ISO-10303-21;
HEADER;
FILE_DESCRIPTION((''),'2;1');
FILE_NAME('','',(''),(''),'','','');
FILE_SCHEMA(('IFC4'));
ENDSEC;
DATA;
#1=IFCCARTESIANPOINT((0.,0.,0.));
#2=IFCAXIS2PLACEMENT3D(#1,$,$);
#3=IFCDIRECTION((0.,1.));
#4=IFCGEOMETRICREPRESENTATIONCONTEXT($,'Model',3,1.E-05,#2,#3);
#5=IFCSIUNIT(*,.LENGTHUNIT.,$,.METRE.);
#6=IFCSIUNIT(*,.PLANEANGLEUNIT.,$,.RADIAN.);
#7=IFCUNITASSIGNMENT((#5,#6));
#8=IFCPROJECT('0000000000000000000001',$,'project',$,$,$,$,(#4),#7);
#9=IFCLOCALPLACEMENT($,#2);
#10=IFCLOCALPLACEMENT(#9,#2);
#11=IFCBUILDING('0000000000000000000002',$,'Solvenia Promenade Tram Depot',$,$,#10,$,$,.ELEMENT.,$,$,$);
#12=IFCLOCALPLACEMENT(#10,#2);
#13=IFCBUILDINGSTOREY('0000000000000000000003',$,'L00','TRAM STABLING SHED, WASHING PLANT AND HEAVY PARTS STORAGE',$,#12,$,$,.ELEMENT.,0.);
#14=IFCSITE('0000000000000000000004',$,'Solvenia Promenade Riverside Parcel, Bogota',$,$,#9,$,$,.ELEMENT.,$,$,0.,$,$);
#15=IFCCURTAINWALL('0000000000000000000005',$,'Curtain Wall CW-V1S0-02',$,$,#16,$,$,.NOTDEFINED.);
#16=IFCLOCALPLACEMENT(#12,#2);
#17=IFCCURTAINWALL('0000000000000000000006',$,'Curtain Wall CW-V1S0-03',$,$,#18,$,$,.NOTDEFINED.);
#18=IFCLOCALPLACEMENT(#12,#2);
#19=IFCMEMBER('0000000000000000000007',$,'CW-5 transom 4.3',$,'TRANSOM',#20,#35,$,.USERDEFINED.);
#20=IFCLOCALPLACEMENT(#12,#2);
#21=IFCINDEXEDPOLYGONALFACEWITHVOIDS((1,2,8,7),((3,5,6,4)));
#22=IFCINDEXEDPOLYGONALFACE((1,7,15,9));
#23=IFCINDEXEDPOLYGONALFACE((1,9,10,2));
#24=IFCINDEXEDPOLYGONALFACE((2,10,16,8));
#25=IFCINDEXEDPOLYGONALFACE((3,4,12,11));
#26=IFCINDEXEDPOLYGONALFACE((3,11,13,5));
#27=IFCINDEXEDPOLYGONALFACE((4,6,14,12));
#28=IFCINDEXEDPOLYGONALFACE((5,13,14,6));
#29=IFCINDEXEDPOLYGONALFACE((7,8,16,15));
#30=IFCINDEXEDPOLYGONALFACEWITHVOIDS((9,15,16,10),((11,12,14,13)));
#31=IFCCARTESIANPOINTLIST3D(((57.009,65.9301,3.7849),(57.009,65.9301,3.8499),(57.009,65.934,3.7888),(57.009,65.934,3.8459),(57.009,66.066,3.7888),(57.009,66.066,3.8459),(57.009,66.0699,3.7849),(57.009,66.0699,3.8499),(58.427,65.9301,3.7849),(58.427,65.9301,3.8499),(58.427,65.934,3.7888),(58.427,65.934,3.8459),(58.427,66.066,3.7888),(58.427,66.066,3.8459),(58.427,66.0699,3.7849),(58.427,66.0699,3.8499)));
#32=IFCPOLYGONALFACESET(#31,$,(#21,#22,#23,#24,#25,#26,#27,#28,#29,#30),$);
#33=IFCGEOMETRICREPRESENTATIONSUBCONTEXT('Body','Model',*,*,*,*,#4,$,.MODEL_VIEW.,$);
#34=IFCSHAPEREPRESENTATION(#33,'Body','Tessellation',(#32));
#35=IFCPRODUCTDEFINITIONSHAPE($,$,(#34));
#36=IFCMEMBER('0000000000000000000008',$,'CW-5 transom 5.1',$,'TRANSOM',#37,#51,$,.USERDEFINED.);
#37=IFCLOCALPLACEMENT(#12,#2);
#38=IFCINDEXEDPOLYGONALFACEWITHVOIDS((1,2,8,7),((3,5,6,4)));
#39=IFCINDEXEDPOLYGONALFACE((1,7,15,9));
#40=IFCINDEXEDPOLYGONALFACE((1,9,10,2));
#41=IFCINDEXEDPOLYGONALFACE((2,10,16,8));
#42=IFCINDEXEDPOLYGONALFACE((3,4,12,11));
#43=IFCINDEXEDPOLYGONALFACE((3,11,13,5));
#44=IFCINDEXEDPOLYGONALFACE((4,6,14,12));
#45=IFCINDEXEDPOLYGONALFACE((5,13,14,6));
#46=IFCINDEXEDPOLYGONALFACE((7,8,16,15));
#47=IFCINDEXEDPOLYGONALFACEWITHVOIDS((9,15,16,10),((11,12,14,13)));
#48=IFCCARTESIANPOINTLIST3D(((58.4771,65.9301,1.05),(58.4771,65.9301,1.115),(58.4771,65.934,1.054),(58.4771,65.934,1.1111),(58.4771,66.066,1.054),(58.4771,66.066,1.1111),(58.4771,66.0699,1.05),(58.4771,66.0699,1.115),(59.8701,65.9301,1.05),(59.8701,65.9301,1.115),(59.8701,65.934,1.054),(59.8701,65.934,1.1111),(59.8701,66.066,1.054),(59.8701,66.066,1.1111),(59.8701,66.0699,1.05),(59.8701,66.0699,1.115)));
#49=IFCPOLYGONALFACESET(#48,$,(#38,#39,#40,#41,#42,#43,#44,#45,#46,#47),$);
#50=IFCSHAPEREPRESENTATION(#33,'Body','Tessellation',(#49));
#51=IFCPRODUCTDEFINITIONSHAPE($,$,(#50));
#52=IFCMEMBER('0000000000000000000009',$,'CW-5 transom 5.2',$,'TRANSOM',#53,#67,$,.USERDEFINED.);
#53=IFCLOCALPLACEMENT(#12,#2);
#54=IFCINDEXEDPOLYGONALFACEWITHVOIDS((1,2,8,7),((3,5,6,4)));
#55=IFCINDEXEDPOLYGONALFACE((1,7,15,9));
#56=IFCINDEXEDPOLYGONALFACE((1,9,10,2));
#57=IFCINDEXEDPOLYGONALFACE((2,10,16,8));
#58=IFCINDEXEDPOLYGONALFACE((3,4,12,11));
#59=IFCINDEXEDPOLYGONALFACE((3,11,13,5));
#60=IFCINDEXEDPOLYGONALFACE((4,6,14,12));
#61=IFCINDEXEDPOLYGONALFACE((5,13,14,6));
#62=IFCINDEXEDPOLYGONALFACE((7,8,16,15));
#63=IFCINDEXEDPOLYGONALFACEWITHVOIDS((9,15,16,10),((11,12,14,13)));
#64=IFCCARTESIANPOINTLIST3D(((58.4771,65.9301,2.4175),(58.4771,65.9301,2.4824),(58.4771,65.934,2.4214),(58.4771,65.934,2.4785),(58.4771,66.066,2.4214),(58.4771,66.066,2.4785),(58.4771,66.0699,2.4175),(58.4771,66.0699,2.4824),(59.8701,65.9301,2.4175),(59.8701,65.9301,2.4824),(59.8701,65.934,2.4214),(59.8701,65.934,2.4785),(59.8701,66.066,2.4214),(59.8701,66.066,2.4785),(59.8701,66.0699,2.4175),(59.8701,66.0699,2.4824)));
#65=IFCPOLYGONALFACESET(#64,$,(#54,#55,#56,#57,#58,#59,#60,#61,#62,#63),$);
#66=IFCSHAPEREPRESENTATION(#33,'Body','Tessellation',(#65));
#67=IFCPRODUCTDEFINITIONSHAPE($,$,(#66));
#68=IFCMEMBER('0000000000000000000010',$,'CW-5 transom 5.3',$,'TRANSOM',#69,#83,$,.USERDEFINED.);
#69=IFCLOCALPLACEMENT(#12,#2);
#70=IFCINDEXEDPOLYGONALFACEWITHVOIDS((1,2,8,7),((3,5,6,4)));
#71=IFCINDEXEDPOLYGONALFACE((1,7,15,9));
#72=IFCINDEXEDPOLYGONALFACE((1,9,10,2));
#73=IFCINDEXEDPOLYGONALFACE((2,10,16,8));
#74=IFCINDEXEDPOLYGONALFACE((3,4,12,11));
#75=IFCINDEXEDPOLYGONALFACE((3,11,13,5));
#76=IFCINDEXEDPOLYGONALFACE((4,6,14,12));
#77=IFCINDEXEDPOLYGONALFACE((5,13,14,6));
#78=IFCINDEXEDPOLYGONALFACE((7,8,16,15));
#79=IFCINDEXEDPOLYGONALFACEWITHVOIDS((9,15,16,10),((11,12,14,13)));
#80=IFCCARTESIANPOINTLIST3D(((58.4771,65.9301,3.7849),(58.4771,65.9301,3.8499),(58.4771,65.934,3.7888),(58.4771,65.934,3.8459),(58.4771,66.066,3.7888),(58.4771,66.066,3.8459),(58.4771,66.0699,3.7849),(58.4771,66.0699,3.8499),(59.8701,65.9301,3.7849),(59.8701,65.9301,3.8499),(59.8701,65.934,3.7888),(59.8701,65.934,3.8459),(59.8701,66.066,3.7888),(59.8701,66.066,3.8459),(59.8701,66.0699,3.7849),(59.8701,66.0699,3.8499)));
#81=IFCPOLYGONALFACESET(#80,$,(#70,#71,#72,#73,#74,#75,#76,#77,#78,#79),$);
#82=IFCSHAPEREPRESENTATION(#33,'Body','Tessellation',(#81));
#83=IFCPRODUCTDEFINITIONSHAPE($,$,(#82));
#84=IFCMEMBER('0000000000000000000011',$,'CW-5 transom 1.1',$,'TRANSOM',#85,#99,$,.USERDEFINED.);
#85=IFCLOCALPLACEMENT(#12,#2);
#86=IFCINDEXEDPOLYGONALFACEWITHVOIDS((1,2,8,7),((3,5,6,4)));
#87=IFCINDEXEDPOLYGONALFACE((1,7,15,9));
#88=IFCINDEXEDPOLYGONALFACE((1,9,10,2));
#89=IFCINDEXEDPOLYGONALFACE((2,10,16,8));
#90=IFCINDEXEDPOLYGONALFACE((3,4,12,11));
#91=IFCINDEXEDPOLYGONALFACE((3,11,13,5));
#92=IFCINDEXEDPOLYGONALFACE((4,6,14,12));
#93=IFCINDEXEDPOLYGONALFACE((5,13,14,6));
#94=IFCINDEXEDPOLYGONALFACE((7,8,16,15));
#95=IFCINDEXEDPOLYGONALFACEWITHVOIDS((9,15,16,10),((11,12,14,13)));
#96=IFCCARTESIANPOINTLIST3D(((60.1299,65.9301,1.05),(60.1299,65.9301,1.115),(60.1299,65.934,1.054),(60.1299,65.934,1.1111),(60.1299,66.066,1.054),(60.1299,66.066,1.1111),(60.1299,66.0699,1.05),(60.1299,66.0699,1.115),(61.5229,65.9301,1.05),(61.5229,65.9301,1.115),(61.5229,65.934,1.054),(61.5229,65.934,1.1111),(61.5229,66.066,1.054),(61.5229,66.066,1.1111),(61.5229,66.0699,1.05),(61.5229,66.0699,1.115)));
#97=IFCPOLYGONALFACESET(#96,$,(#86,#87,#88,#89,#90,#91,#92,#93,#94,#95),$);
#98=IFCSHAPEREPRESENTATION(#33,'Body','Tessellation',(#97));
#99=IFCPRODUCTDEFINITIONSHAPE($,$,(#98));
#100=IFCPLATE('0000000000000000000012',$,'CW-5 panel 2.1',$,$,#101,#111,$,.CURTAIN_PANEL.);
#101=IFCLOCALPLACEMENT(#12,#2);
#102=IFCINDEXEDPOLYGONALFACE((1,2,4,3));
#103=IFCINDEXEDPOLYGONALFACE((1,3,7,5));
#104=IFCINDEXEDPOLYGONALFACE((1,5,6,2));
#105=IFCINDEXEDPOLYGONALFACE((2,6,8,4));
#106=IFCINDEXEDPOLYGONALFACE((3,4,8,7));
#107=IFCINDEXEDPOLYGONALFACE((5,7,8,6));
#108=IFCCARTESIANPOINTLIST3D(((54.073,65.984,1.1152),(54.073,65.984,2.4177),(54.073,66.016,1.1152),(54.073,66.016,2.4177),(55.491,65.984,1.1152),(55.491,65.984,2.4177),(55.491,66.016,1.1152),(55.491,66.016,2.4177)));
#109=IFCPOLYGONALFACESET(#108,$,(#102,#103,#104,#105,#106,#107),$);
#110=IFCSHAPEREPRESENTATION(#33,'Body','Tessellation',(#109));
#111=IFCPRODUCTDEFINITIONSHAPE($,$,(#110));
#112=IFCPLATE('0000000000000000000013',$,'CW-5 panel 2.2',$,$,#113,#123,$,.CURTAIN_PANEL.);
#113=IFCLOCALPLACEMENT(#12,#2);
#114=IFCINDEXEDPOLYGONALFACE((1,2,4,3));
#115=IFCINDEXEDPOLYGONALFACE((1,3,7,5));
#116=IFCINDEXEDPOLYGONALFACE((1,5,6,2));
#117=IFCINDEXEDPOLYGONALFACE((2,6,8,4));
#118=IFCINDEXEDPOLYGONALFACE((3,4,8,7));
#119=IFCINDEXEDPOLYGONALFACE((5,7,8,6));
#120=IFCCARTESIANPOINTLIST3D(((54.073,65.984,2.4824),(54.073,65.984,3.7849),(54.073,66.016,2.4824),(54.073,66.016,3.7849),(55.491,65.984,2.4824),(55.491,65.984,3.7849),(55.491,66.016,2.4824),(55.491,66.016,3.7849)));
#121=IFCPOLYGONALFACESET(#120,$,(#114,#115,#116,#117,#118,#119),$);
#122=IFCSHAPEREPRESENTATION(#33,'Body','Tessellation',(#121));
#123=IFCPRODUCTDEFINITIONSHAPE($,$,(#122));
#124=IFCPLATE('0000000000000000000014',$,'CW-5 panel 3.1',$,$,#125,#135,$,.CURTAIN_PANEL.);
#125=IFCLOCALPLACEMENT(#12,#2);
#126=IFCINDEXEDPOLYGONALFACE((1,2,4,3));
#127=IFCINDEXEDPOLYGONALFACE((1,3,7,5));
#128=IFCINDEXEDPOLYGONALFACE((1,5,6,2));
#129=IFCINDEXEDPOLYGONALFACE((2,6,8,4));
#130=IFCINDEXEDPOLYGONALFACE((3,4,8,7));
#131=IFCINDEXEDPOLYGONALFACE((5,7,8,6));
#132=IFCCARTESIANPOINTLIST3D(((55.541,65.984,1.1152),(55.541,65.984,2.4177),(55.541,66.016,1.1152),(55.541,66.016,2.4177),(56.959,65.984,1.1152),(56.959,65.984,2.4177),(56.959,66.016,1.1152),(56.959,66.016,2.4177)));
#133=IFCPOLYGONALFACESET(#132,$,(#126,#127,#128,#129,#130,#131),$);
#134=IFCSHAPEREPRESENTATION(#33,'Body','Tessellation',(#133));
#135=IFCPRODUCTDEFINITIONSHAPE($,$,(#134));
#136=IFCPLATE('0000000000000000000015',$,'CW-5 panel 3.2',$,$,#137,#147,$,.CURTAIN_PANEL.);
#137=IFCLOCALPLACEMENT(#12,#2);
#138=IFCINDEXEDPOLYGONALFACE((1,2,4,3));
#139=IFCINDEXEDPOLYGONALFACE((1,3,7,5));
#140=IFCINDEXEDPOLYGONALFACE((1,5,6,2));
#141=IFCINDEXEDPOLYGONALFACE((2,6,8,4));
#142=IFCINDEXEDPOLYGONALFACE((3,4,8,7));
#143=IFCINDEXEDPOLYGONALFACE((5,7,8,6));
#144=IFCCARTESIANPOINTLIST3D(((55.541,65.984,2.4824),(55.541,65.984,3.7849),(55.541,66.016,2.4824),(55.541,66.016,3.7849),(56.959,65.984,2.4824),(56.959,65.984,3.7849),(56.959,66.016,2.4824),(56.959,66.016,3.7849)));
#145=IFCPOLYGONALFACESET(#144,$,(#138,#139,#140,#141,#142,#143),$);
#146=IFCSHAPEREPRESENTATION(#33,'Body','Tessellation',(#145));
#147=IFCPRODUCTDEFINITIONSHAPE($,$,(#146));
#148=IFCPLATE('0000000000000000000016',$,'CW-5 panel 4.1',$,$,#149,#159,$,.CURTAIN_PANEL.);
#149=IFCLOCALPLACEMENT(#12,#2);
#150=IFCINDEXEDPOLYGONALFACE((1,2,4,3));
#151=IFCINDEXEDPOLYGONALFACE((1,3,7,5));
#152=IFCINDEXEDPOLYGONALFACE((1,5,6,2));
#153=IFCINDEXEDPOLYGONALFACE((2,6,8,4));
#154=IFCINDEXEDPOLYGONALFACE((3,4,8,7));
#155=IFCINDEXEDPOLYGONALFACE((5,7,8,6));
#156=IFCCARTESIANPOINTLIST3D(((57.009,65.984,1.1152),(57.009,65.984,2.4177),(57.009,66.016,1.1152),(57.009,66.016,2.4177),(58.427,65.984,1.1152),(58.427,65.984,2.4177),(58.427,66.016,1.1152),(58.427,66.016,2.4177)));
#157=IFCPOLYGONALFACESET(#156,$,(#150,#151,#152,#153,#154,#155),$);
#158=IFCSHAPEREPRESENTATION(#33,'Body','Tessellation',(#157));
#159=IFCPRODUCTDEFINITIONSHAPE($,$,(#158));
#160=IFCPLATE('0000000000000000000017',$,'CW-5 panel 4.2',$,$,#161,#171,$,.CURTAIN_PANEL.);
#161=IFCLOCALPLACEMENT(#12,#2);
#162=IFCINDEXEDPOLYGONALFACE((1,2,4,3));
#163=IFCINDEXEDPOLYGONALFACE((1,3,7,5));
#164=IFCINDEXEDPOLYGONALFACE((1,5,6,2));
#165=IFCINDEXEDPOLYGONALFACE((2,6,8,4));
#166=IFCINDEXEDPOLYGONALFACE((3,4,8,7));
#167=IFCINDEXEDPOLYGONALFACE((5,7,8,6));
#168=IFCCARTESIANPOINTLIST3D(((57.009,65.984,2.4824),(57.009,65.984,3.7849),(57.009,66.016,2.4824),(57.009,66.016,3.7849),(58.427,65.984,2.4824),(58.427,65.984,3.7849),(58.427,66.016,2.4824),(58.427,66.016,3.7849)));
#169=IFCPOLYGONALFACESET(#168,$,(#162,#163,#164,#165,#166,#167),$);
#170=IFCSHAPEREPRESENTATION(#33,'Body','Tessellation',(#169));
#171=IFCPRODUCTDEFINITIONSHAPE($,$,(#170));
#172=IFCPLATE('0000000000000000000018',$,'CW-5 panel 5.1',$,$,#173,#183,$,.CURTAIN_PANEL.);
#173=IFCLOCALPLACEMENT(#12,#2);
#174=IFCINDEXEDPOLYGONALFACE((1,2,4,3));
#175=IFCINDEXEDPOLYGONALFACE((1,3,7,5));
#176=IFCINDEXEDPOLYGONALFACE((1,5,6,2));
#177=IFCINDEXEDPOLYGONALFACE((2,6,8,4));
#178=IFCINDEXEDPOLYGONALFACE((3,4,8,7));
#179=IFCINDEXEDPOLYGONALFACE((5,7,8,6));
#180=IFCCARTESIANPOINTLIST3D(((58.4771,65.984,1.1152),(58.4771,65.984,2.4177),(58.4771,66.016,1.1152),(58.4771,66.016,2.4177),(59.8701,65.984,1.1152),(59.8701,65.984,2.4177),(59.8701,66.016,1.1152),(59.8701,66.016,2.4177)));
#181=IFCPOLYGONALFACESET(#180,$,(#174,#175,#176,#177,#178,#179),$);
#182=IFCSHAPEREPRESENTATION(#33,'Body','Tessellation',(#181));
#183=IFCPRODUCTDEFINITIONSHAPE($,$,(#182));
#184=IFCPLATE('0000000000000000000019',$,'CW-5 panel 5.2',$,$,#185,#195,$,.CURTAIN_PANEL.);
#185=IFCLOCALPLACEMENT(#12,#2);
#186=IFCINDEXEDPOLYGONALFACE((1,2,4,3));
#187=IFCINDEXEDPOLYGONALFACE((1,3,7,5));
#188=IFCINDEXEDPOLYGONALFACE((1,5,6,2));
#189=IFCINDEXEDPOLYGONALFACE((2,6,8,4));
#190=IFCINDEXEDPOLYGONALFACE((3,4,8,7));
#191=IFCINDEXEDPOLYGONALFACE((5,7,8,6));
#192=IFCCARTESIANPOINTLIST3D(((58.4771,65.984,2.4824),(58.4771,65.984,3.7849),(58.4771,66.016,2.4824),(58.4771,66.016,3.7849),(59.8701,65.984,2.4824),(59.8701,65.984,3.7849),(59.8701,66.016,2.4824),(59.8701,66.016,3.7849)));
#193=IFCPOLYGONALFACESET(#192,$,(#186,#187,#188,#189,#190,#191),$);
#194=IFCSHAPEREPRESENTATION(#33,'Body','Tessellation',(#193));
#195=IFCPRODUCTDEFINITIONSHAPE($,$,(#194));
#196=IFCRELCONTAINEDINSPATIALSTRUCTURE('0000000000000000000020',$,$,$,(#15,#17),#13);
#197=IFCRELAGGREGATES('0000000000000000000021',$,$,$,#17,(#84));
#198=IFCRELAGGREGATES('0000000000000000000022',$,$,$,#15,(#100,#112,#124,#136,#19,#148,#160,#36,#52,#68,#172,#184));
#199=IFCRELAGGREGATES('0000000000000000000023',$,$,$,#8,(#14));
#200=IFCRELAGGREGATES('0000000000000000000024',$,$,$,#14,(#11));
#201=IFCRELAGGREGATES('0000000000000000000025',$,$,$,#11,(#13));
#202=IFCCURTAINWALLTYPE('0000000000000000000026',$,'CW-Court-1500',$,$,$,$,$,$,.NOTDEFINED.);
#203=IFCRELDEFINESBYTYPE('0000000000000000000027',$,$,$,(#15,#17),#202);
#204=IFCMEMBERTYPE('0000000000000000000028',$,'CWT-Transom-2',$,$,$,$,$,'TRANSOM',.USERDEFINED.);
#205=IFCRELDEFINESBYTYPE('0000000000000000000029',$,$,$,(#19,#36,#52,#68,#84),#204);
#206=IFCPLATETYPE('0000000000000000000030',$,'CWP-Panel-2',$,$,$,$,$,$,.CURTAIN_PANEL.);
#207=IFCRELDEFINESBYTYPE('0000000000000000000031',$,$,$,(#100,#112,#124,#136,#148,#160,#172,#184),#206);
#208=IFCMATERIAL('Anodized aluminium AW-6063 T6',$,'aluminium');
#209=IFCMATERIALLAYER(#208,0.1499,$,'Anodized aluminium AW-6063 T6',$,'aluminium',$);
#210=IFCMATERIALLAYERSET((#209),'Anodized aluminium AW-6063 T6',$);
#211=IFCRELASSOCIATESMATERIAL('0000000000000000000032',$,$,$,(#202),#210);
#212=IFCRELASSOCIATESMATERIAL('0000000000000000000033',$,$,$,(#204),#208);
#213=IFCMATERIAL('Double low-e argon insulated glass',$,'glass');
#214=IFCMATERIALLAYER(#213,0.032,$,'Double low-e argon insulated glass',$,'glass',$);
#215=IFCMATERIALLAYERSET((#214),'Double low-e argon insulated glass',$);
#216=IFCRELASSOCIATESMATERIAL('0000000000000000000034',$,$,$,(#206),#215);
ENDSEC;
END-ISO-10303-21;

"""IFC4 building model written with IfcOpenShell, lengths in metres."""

from ifc_helpers import new_model, si_unit, direction, frame, origin, origin_2d, place, context, subcontext, project, spatial, rectangle, hollow_rectangle, extrude, material, layer, layer_set, material_profile, profile_set, type_object, element, aggregate, save


model = new_model("IFC4")

# Units and contexts
model_context = context("Model", 3, precision=1e-05, world=origin(), true_north=direction((0.0, 1.0)))
body_context = subcontext(model_context, "Body", "Model", "MODEL_VIEW")
ifc_project = project(units=[si_unit("LENGTHUNIT", "METRE"), si_unit("PLANEANGLEUNIT", "RADIAN")], contexts=[model_context])

# Site, building, storey
site_placement = place(None, origin())
site = spatial("IfcSite", under=ifc_project, at=site_placement, Name="Solvenia Promenade Riverside Parcel, Bogota", CompositionType="ELEMENT", RefElevation=0.0)
building_placement = place(site_placement, origin())
building = spatial("IfcBuilding", under=site, at=building_placement, Name="Solvenia Promenade Tram Depot", CompositionType="ELEMENT")
storey_placement = place(building_placement, origin())
storey = spatial("IfcBuildingStorey", under=building, at=storey_placement, Name="L00", Description="TRAM STABLING SHED, WASHING PLANT AND HEAVY PARTS STORAGE", CompositionType="ELEMENT", Elevation=0.0)

# Curtain wall
ifc_material_1 = material(Name="Anodized aluminium AW-6063 T6", Category="aluminium")
ifc_layer_1 = layer(ifc_material_1, 0.1499, Name="Anodized aluminium AW-6063 T6", Category="aluminium")
ifc_layer_set_1 = layer_set([ifc_layer_1], Name="Anodized aluminium AW-6063 T6")
curtain_wall_type = type_object("IfcCurtainWallType", Name="CW-Court-1500", PredefinedType="NOTDEFINED", material=ifc_layer_set_1)
curtain_wall_1_placement = place(storey_placement, origin())
curtain_wall_1 = element("IfcCurtainWall", 1, at=curtain_wall_1_placement, inside=storey, type_object=curtain_wall_type, Name="Curtain Wall CW-V1S0-02", PredefinedType="NOTDEFINED")

# Curtain wall
curtain_wall_2_placement = place(storey_placement, origin())
curtain_wall_2 = element("IfcCurtainWall", 2, at=curtain_wall_2_placement, inside=storey, type_object=curtain_wall_type, Name="Curtain Wall CW-V1S0-03", PredefinedType="NOTDEFINED")

# Members
ifc_material_profile_1 = material_profile(ifc_material_1, hollow_rectangle(XDim=0.1399, YDim=0.0649, WallThickness=0.0039, at=origin_2d()), Name="ALU-T2", Category="aluminium")
ifc_profile_set_1 = profile_set([ifc_material_profile_1], Name="Anodized aluminium AW-6063 T6")
member_type_1 = type_object("IfcMemberType", Name="CWT-Transom-2", ElementType="TRANSOM", PredefinedType="USERDEFINED", material=ifc_profile_set_1)
member_1_placement = place(storey_placement, frame((57.009, 66.0, 3.8174), z_axis=(1.0, 0.0, 0.0), x_axis=(0.0, 1.0, 0.0)))
member_1 = element("IfcMember", 3, at=member_1_placement, type_object=member_type_1, Name="CW-5 transom 4.3", ObjectType="TRANSOM", PredefinedType="USERDEFINED", context=body_context, shape_type="SweptSolid", body=[
    extrude(hollow_rectangle(XDim=0.1399, YDim=0.0649, WallThickness=0.0039, at=origin_2d()), origin(), (0.0, 0.0, 1.0), 1.418),
])
member_2_placement = place(storey_placement, frame((58.4771, 66.0, 1.0825), z_axis=(1.0, 0.0, 0.0), x_axis=(0.0, 1.0, 0.0)))
member_2 = element("IfcMember", 4, at=member_2_placement, type_object=member_type_1, Name="CW-5 transom 5.1", ObjectType="TRANSOM", PredefinedType="USERDEFINED", context=body_context, shape_type="SweptSolid", body=[
    extrude(hollow_rectangle(XDim=0.1399, YDim=0.0649, WallThickness=0.0039, at=origin_2d()), origin(), (0.0, 0.0, 1.0), 1.3931),
])
member_3_placement = place(storey_placement, frame((58.4771, 66.0, 2.45), z_axis=(1.0, 0.0, 0.0), x_axis=(0.0, 1.0, 0.0)))
member_3 = element("IfcMember", 5, at=member_3_placement, type_object=member_type_1, Name="CW-5 transom 5.2", ObjectType="TRANSOM", PredefinedType="USERDEFINED", context=body_context, shape_type="SweptSolid", body=[
    extrude(hollow_rectangle(XDim=0.1399, YDim=0.0649, WallThickness=0.0039, at=origin_2d()), origin(), (0.0, 0.0, 1.0), 1.3931),
])
member_4_placement = place(storey_placement, frame((58.4771, 66.0, 3.8174), z_axis=(1.0, 0.0, 0.0), x_axis=(0.0, 1.0, 0.0)))
member_4 = element("IfcMember", 6, at=member_4_placement, type_object=member_type_1, Name="CW-5 transom 5.3", ObjectType="TRANSOM", PredefinedType="USERDEFINED", context=body_context, shape_type="SweptSolid", body=[
    extrude(hollow_rectangle(XDim=0.1399, YDim=0.0649, WallThickness=0.0039, at=origin_2d()), origin(), (0.0, 0.0, 1.0), 1.3931),
])
member_5_placement = place(storey_placement, frame((60.1299, 66.0, 1.0825), z_axis=(1.0, 0.0, 0.0), x_axis=(0.0, 1.0, 0.0)))
member_5 = element("IfcMember", 7, at=member_5_placement, type_object=member_type_1, Name="CW-5 transom 1.1", ObjectType="TRANSOM", PredefinedType="USERDEFINED", context=body_context, shape_type="SweptSolid", body=[
    extrude(hollow_rectangle(XDim=0.1399, YDim=0.0649, WallThickness=0.0039, at=origin_2d()), origin(), (0.0, 0.0, 1.0), 1.3931),
])
aggregate(curtain_wall_2, [member_5])

# Plates
ifc_material_2 = material(Name="Double low-e argon insulated glass", Category="glass")
ifc_layer_2 = layer(ifc_material_2, 0.032, Name="Double low-e argon insulated glass", Category="glass")
ifc_layer_set_2 = layer_set([ifc_layer_2], Name="Double low-e argon insulated glass")
plate_type = type_object("IfcPlateType", Name="CWP-Panel-2", PredefinedType="CURTAIN_PANEL", material=ifc_layer_set_2)
plate_1_placement = place(storey_placement, frame((54.782, 66.0, 1.1152), z_axis=(0.0, 0.0, 1.0), x_axis=(1.0, 0.0, 0.0)))
plate_1 = element("IfcPlate", 8, at=plate_1_placement, type_object=plate_type, Name="CW-5 panel 2.1", PredefinedType="CURTAIN_PANEL", context=body_context, shape_type="SweptSolid", body=[
    extrude(rectangle(XDim=1.418, YDim=0.032, at=origin_2d()), origin(), (0.0, 0.0, 1.0), 1.3025),
])
plate_2_placement = place(storey_placement, frame((54.782, 66.0, 2.4824), z_axis=(0.0, 0.0, 1.0), x_axis=(1.0, 0.0, 0.0)))
plate_2 = element("IfcPlate", 9, at=plate_2_placement, type_object=plate_type, Name="CW-5 panel 2.2", PredefinedType="CURTAIN_PANEL", context=body_context, shape_type="SweptSolid", body=[
    extrude(rectangle(XDim=1.418, YDim=0.032, at=origin_2d()), origin(), (0.0, 0.0, 1.0), 1.3025),
])
plate_3_placement = place(storey_placement, frame((56.25, 66.0, 1.1152), z_axis=(0.0, 0.0, 1.0), x_axis=(1.0, 0.0, 0.0)))
plate_3 = element("IfcPlate", 10, at=plate_3_placement, type_object=plate_type, Name="CW-5 panel 3.1", PredefinedType="CURTAIN_PANEL", context=body_context, shape_type="SweptSolid", body=[
    extrude(rectangle(XDim=1.418, YDim=0.032, at=origin_2d()), origin(), (0.0, 0.0, 1.0), 1.3025),
])
plate_4_placement = place(storey_placement, frame((56.25, 66.0, 2.4824), z_axis=(0.0, 0.0, 1.0), x_axis=(1.0, 0.0, 0.0)))
plate_4 = element("IfcPlate", 11, at=plate_4_placement, type_object=plate_type, Name="CW-5 panel 3.2", PredefinedType="CURTAIN_PANEL", context=body_context, shape_type="SweptSolid", body=[
    extrude(rectangle(XDim=1.418, YDim=0.032, at=origin_2d()), origin(), (0.0, 0.0, 1.0), 1.3025),
])
plate_5_placement = place(storey_placement, frame((57.718, 66.0, 1.1152), z_axis=(0.0, 0.0, 1.0), x_axis=(1.0, 0.0, 0.0)))
plate_5 = element("IfcPlate", 12, at=plate_5_placement, type_object=plate_type, Name="CW-5 panel 4.1", PredefinedType="CURTAIN_PANEL", context=body_context, shape_type="SweptSolid", body=[
    extrude(rectangle(XDim=1.418, YDim=0.032, at=origin_2d()), origin(), (0.0, 0.0, 1.0), 1.3025),
])
plate_6_placement = place(storey_placement, frame((57.718, 66.0, 2.4824), z_axis=(0.0, 0.0, 1.0), x_axis=(1.0, 0.0, 0.0)))
plate_6 = element("IfcPlate", 13, at=plate_6_placement, type_object=plate_type, Name="CW-5 panel 4.2", PredefinedType="CURTAIN_PANEL", context=body_context, shape_type="SweptSolid", body=[
    extrude(rectangle(XDim=1.418, YDim=0.032, at=origin_2d()), origin(), (0.0, 0.0, 1.0), 1.3025),
])
plate_7_placement = place(storey_placement, frame((59.1736, 66.0, 1.1152), z_axis=(0.0, 0.0, 1.0), x_axis=(1.0, 0.0, 0.0)))
plate_7 = element("IfcPlate", 14, at=plate_7_placement, type_object=plate_type, Name="CW-5 panel 5.1", PredefinedType="CURTAIN_PANEL", context=body_context, shape_type="SweptSolid", body=[
    extrude(rectangle(XDim=1.3931, YDim=0.032, at=origin_2d()), origin(), (0.0, 0.0, 1.0), 1.3025),
])
plate_8_placement = place(storey_placement, frame((59.1736, 66.0, 2.4824), z_axis=(0.0, 0.0, 1.0), x_axis=(1.0, 0.0, 0.0)))
plate_8 = element("IfcPlate", 15, at=plate_8_placement, type_object=plate_type, Name="CW-5 panel 5.2", PredefinedType="CURTAIN_PANEL", context=body_context, shape_type="SweptSolid", body=[
    extrude(rectangle(XDim=1.3931, YDim=0.032, at=origin_2d()), origin(), (0.0, 0.0, 1.0), 1.3025),
])
aggregate(curtain_wall_1, [plate_1, plate_2, plate_3, plate_4, member_1, plate_5, plate_6, member_2, member_3, member_4, plate_7, plate_8])

save(model, "model.ifc")
